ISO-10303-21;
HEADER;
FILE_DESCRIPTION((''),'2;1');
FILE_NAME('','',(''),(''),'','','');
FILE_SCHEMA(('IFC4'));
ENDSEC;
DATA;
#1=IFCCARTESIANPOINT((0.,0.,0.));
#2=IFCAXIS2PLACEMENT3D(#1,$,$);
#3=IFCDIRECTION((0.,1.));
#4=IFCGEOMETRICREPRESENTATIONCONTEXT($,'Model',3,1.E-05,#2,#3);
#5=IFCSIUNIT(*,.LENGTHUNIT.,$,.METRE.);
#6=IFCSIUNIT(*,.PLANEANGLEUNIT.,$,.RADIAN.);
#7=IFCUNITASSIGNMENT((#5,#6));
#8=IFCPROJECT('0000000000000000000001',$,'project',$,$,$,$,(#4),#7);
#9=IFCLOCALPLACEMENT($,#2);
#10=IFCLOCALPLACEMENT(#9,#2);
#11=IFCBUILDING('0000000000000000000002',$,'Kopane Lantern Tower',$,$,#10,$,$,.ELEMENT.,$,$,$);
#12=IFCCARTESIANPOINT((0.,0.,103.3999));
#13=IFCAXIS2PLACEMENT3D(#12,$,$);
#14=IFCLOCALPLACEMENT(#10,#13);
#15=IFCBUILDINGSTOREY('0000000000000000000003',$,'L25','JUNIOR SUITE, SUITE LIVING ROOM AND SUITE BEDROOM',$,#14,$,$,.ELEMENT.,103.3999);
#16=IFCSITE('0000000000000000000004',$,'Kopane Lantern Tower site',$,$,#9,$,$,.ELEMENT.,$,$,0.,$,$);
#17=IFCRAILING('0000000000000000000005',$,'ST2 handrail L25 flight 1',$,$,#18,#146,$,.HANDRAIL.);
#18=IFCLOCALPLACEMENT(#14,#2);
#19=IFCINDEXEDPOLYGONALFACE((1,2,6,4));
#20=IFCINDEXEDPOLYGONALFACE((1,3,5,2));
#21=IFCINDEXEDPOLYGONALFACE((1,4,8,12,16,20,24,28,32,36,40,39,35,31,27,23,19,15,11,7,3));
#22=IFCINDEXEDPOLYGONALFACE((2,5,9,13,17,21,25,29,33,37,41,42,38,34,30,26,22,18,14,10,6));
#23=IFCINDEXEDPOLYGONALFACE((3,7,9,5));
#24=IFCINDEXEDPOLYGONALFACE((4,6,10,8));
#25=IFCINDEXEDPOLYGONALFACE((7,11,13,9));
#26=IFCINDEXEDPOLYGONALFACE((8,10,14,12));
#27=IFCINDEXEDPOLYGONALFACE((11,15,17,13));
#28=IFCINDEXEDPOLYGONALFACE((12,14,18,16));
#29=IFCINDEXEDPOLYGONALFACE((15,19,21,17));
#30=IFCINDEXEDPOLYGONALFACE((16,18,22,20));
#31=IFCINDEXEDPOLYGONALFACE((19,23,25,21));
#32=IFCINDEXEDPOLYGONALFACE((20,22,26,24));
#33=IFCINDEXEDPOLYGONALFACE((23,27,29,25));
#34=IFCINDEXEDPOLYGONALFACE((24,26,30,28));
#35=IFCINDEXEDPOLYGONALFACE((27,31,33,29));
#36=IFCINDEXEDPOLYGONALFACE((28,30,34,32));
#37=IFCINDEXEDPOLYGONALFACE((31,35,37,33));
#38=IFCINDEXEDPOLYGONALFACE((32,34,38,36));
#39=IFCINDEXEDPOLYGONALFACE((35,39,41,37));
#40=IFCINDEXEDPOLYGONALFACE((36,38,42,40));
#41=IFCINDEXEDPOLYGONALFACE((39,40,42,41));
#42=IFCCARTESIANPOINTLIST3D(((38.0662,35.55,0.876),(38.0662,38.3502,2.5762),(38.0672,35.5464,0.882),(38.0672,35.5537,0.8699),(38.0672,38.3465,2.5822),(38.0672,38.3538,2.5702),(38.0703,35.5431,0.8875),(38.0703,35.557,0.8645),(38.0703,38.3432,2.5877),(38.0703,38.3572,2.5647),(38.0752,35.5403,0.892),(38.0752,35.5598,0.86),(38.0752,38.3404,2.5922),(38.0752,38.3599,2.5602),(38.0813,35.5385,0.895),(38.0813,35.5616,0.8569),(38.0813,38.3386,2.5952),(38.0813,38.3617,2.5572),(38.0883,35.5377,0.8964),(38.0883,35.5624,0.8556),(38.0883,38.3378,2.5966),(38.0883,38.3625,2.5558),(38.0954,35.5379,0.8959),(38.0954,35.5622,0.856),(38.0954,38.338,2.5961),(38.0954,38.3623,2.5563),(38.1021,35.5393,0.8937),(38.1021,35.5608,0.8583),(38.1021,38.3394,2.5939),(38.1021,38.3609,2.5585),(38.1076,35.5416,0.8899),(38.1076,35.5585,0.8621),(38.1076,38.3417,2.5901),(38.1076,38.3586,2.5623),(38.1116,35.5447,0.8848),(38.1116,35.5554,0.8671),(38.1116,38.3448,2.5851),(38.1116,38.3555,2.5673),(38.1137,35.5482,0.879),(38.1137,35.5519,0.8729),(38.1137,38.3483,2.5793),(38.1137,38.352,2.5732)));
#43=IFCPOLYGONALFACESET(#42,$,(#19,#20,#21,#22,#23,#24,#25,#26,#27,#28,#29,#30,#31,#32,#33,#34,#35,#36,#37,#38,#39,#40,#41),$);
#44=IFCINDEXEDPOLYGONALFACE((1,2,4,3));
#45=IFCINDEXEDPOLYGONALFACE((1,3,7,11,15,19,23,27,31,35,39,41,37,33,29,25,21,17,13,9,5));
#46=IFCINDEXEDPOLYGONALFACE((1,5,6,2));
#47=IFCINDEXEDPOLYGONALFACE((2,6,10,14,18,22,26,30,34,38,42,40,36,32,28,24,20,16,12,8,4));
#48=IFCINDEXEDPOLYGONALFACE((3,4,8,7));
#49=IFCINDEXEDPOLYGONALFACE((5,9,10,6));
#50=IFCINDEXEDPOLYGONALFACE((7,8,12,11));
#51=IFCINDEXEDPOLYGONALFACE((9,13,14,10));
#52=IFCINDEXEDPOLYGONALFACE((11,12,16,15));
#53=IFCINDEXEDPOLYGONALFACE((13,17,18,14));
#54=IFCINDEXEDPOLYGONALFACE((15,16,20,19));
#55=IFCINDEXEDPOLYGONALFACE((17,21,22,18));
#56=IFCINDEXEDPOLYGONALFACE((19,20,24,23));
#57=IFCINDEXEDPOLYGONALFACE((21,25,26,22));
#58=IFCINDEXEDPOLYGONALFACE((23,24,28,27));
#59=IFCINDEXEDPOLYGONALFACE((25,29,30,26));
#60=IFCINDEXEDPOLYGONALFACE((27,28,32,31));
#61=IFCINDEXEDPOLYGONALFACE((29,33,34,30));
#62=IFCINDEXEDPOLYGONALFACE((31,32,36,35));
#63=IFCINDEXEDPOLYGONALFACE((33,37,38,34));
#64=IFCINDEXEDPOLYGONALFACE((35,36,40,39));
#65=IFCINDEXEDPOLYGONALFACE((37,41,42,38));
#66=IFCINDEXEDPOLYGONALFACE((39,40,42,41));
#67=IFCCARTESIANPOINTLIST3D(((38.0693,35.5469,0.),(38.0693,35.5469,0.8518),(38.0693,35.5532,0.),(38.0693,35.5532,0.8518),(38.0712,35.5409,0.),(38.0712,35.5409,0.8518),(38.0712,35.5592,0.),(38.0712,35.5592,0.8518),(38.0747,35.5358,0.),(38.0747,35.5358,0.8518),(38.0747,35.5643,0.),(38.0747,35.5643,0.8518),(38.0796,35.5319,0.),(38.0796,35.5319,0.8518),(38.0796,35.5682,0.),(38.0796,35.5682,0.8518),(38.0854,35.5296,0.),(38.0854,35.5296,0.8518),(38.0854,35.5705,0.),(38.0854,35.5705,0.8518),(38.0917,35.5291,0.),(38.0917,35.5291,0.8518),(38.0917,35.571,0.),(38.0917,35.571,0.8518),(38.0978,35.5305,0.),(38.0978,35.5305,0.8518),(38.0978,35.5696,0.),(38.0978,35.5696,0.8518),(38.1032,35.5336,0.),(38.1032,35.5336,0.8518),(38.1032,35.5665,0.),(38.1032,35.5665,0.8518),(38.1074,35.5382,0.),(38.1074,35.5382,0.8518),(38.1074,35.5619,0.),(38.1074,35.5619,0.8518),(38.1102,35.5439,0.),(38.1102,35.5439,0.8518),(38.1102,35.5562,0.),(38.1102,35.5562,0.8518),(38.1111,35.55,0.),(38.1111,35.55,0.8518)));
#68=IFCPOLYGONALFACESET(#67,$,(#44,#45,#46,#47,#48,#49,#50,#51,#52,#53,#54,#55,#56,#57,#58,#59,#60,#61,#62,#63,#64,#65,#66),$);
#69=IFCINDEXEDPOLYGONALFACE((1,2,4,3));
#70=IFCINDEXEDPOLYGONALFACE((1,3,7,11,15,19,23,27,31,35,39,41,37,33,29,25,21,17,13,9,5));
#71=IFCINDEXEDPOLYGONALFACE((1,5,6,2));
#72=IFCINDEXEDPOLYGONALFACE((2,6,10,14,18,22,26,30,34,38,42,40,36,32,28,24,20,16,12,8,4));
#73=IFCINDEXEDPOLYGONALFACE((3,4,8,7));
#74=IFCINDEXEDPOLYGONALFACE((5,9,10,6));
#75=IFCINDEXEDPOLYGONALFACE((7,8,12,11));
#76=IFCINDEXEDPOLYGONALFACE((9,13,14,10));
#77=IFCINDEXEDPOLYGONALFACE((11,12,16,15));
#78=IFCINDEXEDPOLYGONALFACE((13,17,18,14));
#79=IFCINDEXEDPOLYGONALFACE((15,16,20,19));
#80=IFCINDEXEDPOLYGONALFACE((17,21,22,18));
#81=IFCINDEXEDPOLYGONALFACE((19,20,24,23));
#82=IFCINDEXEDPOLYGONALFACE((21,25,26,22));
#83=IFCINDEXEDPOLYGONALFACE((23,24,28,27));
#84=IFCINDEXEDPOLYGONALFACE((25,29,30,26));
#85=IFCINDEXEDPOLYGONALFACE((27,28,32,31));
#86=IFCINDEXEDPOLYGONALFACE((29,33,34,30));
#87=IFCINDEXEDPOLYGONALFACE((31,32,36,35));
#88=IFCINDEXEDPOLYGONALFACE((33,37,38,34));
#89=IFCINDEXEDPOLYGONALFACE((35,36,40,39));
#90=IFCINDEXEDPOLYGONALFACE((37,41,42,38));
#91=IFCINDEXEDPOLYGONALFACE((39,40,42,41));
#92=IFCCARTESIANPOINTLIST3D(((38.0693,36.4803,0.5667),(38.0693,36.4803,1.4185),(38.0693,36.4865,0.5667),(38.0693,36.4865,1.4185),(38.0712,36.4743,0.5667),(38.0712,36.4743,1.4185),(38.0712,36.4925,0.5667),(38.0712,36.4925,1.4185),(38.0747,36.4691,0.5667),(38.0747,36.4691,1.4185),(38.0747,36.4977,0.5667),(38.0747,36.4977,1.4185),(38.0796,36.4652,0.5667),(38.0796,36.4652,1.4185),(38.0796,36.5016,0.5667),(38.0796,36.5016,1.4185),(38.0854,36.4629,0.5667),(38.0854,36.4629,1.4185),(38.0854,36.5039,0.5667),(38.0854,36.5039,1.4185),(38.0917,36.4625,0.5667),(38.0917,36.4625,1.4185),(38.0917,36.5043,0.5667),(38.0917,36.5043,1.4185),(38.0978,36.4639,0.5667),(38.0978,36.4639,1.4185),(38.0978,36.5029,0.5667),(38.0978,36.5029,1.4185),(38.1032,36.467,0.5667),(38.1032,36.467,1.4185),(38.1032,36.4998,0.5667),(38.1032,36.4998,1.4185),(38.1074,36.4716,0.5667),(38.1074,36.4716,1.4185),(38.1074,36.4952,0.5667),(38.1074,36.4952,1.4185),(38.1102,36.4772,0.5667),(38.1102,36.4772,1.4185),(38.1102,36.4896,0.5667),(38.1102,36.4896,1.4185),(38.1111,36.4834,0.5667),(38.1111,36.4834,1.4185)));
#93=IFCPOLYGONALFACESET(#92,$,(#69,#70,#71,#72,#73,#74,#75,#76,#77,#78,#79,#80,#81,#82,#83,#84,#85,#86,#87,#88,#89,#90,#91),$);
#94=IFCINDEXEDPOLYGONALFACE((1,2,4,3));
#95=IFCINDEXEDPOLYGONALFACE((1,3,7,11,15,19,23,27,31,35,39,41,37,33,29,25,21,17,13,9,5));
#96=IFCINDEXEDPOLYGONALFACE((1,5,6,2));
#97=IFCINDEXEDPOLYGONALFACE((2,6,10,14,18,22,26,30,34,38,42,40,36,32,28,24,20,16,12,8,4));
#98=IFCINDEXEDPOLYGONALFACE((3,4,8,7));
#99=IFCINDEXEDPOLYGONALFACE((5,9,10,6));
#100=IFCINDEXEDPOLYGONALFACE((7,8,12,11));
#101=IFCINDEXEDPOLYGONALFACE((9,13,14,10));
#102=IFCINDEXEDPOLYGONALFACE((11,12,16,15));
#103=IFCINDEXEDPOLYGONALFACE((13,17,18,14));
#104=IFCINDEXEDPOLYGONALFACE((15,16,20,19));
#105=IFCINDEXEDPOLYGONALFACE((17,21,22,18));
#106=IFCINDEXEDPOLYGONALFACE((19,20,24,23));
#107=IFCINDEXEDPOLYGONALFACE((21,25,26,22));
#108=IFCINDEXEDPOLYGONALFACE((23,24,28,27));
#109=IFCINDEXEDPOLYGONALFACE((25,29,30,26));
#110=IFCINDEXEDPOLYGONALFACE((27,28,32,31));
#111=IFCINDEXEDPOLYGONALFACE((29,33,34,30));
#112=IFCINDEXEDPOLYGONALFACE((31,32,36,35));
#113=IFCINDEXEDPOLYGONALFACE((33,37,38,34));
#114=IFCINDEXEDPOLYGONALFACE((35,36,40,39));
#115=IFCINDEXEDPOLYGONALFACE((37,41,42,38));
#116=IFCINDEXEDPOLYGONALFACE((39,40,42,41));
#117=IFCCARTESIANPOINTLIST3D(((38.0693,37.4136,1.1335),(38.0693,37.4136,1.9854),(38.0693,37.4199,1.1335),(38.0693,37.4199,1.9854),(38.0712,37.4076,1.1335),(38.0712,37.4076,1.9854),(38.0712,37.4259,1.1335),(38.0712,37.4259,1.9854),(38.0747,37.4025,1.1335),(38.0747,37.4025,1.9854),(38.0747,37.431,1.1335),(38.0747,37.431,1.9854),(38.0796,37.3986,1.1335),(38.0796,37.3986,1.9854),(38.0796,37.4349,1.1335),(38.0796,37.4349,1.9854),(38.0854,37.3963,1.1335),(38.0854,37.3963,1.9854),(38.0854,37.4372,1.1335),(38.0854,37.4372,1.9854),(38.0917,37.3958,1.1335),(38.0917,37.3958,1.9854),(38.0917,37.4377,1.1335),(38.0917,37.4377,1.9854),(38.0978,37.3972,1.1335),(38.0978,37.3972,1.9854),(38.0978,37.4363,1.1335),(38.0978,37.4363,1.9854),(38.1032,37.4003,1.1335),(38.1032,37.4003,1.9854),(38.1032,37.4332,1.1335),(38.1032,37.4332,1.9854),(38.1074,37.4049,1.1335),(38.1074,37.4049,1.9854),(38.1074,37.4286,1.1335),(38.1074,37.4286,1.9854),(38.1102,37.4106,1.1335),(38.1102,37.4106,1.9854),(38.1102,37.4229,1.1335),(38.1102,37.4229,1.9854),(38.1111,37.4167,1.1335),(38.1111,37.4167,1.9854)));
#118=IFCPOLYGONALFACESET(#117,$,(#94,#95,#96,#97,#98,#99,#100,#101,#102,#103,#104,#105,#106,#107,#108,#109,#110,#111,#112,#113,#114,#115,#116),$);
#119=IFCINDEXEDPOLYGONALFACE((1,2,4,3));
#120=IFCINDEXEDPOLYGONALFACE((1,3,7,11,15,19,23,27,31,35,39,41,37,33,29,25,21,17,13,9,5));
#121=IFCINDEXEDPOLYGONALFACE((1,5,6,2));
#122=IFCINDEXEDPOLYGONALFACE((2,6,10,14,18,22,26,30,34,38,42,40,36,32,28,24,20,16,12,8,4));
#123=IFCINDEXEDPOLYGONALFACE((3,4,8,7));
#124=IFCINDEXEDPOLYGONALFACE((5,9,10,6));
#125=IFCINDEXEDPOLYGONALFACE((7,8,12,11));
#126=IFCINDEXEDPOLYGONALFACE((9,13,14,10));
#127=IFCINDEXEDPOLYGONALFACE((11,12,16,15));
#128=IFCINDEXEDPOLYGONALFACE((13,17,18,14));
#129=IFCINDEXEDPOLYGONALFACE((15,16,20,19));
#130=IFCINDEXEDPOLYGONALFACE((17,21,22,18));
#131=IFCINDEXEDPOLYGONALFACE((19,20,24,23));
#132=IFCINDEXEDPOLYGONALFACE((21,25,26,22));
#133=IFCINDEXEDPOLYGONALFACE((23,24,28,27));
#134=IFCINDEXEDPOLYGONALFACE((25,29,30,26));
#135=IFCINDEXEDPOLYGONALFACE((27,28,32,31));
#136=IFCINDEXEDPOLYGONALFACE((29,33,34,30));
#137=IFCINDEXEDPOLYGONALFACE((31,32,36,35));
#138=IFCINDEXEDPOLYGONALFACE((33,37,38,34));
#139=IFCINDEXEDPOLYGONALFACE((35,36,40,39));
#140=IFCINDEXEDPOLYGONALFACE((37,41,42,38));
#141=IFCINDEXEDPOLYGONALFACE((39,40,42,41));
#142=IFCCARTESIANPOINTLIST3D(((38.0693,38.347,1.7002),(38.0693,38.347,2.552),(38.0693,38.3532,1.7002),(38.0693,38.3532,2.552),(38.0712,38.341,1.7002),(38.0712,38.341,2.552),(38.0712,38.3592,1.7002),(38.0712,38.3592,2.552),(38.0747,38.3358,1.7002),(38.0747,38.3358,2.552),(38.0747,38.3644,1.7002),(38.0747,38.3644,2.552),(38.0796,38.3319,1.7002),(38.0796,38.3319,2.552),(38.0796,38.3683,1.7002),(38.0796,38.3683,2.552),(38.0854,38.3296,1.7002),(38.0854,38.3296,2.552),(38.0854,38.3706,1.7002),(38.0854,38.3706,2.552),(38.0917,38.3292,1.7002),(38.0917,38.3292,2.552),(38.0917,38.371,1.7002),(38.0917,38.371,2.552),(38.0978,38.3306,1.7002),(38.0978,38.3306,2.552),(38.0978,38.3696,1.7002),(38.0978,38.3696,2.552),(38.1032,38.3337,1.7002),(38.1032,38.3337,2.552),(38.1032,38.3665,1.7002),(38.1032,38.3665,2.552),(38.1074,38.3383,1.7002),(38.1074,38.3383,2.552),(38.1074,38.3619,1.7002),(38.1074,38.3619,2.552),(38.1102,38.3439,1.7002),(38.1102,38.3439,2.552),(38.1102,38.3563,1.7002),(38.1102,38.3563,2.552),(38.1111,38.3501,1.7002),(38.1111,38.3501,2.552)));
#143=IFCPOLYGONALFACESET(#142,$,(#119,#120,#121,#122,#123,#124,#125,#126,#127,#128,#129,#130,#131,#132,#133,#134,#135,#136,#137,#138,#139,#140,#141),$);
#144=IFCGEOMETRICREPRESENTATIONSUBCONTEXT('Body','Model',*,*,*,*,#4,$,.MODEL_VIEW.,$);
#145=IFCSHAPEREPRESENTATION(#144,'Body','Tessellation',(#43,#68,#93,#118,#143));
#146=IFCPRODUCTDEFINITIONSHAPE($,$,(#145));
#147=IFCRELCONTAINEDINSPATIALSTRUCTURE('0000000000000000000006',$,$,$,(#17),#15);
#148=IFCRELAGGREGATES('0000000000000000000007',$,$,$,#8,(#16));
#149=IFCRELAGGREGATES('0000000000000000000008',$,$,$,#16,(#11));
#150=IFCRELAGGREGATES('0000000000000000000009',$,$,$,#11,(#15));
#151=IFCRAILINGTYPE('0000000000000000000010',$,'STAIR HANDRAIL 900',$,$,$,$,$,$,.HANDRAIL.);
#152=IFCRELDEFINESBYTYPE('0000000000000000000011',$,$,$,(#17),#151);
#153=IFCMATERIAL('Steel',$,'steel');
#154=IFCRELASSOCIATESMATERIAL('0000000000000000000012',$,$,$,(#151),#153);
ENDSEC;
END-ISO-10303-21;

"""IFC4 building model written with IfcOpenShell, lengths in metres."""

from ifc_helpers import new_model, si_unit, direction, frame, origin, origin_2d, place, context, subcontext, project, spatial, circle, extrude, material, type_object, element, save


model = new_model("IFC4")

# Units and contexts
model_context = context("Model", 3, precision=1e-05, world=origin(), true_north=direction((0.0, 1.0)))
body_context = subcontext(model_context, "Body", "Model", "MODEL_VIEW")
ifc_project = project(units=[si_unit("LENGTHUNIT", "METRE"), si_unit("PLANEANGLEUNIT", "RADIAN")], contexts=[model_context])

# Site, building, storey
site_placement = place(None, origin())
site = spatial("IfcSite", under=ifc_project, at=site_placement, Name="Kopane Lantern Tower site", CompositionType="ELEMENT", RefElevation=0.0)
building_placement = place(site_placement, origin())
building = spatial("IfcBuilding", under=site, at=building_placement, Name="Kopane Lantern Tower", CompositionType="ELEMENT")
storey_placement = place(building_placement, frame((0.0, 0.0, 103.3999)))
storey = spatial("IfcBuildingStorey", under=building, at=storey_placement, Name="L25", Description="JUNIOR SUITE, SUITE LIVING ROOM AND SUITE BEDROOM", CompositionType="ELEMENT", Elevation=103.3999)

# Railing
ifc_material_1 = material(Name="Steel", Category="steel")
railing_type_1 = type_object("IfcRailingType", Name="STAIR HANDRAIL 900", PredefinedType="HANDRAIL", material=ifc_material_1)
for number, where, name in (
    (1, (38.0901, 35.55, 0.0), "ST2 handrail L25 flight 1"),
):
    element("IfcRailing", number, at=place(storey_placement, frame(where)), inside=storey, type_object=railing_type_1, Name=name, PredefinedType="HANDRAIL", context=body_context, shape_type="SweptSolid", body=[
        extrude(circle(Radius=0.0239, at=origin_2d()), frame((0.0, 0.0, 0.876), z_axis=(0.0, 0.854765, 0.519015), x_axis=(-1.0, 0.0, 0.0)), (0.0, 0.0, 1.0), 3.2759),
        extrude(circle(Radius=0.021, at=origin_2d()), origin(), (0.0, 0.0, 1.0), 0.8518),
        extrude(circle(Radius=0.021, at=origin_2d()), frame((0.0, 0.9333, 0.5667)), (0.0, 0.0, 1.0), 0.8518),
        extrude(circle(Radius=0.021, at=origin_2d()), frame((0.0, 1.8667, 1.1335)), (0.0, 0.0, 1.0), 0.8518),
        extrude(circle(Radius=0.021, at=origin_2d()), frame((0.0, 2.8, 1.7002)), (0.0, 0.0, 1.0), 0.8518),
    ])

save(model, "model.ifc")
